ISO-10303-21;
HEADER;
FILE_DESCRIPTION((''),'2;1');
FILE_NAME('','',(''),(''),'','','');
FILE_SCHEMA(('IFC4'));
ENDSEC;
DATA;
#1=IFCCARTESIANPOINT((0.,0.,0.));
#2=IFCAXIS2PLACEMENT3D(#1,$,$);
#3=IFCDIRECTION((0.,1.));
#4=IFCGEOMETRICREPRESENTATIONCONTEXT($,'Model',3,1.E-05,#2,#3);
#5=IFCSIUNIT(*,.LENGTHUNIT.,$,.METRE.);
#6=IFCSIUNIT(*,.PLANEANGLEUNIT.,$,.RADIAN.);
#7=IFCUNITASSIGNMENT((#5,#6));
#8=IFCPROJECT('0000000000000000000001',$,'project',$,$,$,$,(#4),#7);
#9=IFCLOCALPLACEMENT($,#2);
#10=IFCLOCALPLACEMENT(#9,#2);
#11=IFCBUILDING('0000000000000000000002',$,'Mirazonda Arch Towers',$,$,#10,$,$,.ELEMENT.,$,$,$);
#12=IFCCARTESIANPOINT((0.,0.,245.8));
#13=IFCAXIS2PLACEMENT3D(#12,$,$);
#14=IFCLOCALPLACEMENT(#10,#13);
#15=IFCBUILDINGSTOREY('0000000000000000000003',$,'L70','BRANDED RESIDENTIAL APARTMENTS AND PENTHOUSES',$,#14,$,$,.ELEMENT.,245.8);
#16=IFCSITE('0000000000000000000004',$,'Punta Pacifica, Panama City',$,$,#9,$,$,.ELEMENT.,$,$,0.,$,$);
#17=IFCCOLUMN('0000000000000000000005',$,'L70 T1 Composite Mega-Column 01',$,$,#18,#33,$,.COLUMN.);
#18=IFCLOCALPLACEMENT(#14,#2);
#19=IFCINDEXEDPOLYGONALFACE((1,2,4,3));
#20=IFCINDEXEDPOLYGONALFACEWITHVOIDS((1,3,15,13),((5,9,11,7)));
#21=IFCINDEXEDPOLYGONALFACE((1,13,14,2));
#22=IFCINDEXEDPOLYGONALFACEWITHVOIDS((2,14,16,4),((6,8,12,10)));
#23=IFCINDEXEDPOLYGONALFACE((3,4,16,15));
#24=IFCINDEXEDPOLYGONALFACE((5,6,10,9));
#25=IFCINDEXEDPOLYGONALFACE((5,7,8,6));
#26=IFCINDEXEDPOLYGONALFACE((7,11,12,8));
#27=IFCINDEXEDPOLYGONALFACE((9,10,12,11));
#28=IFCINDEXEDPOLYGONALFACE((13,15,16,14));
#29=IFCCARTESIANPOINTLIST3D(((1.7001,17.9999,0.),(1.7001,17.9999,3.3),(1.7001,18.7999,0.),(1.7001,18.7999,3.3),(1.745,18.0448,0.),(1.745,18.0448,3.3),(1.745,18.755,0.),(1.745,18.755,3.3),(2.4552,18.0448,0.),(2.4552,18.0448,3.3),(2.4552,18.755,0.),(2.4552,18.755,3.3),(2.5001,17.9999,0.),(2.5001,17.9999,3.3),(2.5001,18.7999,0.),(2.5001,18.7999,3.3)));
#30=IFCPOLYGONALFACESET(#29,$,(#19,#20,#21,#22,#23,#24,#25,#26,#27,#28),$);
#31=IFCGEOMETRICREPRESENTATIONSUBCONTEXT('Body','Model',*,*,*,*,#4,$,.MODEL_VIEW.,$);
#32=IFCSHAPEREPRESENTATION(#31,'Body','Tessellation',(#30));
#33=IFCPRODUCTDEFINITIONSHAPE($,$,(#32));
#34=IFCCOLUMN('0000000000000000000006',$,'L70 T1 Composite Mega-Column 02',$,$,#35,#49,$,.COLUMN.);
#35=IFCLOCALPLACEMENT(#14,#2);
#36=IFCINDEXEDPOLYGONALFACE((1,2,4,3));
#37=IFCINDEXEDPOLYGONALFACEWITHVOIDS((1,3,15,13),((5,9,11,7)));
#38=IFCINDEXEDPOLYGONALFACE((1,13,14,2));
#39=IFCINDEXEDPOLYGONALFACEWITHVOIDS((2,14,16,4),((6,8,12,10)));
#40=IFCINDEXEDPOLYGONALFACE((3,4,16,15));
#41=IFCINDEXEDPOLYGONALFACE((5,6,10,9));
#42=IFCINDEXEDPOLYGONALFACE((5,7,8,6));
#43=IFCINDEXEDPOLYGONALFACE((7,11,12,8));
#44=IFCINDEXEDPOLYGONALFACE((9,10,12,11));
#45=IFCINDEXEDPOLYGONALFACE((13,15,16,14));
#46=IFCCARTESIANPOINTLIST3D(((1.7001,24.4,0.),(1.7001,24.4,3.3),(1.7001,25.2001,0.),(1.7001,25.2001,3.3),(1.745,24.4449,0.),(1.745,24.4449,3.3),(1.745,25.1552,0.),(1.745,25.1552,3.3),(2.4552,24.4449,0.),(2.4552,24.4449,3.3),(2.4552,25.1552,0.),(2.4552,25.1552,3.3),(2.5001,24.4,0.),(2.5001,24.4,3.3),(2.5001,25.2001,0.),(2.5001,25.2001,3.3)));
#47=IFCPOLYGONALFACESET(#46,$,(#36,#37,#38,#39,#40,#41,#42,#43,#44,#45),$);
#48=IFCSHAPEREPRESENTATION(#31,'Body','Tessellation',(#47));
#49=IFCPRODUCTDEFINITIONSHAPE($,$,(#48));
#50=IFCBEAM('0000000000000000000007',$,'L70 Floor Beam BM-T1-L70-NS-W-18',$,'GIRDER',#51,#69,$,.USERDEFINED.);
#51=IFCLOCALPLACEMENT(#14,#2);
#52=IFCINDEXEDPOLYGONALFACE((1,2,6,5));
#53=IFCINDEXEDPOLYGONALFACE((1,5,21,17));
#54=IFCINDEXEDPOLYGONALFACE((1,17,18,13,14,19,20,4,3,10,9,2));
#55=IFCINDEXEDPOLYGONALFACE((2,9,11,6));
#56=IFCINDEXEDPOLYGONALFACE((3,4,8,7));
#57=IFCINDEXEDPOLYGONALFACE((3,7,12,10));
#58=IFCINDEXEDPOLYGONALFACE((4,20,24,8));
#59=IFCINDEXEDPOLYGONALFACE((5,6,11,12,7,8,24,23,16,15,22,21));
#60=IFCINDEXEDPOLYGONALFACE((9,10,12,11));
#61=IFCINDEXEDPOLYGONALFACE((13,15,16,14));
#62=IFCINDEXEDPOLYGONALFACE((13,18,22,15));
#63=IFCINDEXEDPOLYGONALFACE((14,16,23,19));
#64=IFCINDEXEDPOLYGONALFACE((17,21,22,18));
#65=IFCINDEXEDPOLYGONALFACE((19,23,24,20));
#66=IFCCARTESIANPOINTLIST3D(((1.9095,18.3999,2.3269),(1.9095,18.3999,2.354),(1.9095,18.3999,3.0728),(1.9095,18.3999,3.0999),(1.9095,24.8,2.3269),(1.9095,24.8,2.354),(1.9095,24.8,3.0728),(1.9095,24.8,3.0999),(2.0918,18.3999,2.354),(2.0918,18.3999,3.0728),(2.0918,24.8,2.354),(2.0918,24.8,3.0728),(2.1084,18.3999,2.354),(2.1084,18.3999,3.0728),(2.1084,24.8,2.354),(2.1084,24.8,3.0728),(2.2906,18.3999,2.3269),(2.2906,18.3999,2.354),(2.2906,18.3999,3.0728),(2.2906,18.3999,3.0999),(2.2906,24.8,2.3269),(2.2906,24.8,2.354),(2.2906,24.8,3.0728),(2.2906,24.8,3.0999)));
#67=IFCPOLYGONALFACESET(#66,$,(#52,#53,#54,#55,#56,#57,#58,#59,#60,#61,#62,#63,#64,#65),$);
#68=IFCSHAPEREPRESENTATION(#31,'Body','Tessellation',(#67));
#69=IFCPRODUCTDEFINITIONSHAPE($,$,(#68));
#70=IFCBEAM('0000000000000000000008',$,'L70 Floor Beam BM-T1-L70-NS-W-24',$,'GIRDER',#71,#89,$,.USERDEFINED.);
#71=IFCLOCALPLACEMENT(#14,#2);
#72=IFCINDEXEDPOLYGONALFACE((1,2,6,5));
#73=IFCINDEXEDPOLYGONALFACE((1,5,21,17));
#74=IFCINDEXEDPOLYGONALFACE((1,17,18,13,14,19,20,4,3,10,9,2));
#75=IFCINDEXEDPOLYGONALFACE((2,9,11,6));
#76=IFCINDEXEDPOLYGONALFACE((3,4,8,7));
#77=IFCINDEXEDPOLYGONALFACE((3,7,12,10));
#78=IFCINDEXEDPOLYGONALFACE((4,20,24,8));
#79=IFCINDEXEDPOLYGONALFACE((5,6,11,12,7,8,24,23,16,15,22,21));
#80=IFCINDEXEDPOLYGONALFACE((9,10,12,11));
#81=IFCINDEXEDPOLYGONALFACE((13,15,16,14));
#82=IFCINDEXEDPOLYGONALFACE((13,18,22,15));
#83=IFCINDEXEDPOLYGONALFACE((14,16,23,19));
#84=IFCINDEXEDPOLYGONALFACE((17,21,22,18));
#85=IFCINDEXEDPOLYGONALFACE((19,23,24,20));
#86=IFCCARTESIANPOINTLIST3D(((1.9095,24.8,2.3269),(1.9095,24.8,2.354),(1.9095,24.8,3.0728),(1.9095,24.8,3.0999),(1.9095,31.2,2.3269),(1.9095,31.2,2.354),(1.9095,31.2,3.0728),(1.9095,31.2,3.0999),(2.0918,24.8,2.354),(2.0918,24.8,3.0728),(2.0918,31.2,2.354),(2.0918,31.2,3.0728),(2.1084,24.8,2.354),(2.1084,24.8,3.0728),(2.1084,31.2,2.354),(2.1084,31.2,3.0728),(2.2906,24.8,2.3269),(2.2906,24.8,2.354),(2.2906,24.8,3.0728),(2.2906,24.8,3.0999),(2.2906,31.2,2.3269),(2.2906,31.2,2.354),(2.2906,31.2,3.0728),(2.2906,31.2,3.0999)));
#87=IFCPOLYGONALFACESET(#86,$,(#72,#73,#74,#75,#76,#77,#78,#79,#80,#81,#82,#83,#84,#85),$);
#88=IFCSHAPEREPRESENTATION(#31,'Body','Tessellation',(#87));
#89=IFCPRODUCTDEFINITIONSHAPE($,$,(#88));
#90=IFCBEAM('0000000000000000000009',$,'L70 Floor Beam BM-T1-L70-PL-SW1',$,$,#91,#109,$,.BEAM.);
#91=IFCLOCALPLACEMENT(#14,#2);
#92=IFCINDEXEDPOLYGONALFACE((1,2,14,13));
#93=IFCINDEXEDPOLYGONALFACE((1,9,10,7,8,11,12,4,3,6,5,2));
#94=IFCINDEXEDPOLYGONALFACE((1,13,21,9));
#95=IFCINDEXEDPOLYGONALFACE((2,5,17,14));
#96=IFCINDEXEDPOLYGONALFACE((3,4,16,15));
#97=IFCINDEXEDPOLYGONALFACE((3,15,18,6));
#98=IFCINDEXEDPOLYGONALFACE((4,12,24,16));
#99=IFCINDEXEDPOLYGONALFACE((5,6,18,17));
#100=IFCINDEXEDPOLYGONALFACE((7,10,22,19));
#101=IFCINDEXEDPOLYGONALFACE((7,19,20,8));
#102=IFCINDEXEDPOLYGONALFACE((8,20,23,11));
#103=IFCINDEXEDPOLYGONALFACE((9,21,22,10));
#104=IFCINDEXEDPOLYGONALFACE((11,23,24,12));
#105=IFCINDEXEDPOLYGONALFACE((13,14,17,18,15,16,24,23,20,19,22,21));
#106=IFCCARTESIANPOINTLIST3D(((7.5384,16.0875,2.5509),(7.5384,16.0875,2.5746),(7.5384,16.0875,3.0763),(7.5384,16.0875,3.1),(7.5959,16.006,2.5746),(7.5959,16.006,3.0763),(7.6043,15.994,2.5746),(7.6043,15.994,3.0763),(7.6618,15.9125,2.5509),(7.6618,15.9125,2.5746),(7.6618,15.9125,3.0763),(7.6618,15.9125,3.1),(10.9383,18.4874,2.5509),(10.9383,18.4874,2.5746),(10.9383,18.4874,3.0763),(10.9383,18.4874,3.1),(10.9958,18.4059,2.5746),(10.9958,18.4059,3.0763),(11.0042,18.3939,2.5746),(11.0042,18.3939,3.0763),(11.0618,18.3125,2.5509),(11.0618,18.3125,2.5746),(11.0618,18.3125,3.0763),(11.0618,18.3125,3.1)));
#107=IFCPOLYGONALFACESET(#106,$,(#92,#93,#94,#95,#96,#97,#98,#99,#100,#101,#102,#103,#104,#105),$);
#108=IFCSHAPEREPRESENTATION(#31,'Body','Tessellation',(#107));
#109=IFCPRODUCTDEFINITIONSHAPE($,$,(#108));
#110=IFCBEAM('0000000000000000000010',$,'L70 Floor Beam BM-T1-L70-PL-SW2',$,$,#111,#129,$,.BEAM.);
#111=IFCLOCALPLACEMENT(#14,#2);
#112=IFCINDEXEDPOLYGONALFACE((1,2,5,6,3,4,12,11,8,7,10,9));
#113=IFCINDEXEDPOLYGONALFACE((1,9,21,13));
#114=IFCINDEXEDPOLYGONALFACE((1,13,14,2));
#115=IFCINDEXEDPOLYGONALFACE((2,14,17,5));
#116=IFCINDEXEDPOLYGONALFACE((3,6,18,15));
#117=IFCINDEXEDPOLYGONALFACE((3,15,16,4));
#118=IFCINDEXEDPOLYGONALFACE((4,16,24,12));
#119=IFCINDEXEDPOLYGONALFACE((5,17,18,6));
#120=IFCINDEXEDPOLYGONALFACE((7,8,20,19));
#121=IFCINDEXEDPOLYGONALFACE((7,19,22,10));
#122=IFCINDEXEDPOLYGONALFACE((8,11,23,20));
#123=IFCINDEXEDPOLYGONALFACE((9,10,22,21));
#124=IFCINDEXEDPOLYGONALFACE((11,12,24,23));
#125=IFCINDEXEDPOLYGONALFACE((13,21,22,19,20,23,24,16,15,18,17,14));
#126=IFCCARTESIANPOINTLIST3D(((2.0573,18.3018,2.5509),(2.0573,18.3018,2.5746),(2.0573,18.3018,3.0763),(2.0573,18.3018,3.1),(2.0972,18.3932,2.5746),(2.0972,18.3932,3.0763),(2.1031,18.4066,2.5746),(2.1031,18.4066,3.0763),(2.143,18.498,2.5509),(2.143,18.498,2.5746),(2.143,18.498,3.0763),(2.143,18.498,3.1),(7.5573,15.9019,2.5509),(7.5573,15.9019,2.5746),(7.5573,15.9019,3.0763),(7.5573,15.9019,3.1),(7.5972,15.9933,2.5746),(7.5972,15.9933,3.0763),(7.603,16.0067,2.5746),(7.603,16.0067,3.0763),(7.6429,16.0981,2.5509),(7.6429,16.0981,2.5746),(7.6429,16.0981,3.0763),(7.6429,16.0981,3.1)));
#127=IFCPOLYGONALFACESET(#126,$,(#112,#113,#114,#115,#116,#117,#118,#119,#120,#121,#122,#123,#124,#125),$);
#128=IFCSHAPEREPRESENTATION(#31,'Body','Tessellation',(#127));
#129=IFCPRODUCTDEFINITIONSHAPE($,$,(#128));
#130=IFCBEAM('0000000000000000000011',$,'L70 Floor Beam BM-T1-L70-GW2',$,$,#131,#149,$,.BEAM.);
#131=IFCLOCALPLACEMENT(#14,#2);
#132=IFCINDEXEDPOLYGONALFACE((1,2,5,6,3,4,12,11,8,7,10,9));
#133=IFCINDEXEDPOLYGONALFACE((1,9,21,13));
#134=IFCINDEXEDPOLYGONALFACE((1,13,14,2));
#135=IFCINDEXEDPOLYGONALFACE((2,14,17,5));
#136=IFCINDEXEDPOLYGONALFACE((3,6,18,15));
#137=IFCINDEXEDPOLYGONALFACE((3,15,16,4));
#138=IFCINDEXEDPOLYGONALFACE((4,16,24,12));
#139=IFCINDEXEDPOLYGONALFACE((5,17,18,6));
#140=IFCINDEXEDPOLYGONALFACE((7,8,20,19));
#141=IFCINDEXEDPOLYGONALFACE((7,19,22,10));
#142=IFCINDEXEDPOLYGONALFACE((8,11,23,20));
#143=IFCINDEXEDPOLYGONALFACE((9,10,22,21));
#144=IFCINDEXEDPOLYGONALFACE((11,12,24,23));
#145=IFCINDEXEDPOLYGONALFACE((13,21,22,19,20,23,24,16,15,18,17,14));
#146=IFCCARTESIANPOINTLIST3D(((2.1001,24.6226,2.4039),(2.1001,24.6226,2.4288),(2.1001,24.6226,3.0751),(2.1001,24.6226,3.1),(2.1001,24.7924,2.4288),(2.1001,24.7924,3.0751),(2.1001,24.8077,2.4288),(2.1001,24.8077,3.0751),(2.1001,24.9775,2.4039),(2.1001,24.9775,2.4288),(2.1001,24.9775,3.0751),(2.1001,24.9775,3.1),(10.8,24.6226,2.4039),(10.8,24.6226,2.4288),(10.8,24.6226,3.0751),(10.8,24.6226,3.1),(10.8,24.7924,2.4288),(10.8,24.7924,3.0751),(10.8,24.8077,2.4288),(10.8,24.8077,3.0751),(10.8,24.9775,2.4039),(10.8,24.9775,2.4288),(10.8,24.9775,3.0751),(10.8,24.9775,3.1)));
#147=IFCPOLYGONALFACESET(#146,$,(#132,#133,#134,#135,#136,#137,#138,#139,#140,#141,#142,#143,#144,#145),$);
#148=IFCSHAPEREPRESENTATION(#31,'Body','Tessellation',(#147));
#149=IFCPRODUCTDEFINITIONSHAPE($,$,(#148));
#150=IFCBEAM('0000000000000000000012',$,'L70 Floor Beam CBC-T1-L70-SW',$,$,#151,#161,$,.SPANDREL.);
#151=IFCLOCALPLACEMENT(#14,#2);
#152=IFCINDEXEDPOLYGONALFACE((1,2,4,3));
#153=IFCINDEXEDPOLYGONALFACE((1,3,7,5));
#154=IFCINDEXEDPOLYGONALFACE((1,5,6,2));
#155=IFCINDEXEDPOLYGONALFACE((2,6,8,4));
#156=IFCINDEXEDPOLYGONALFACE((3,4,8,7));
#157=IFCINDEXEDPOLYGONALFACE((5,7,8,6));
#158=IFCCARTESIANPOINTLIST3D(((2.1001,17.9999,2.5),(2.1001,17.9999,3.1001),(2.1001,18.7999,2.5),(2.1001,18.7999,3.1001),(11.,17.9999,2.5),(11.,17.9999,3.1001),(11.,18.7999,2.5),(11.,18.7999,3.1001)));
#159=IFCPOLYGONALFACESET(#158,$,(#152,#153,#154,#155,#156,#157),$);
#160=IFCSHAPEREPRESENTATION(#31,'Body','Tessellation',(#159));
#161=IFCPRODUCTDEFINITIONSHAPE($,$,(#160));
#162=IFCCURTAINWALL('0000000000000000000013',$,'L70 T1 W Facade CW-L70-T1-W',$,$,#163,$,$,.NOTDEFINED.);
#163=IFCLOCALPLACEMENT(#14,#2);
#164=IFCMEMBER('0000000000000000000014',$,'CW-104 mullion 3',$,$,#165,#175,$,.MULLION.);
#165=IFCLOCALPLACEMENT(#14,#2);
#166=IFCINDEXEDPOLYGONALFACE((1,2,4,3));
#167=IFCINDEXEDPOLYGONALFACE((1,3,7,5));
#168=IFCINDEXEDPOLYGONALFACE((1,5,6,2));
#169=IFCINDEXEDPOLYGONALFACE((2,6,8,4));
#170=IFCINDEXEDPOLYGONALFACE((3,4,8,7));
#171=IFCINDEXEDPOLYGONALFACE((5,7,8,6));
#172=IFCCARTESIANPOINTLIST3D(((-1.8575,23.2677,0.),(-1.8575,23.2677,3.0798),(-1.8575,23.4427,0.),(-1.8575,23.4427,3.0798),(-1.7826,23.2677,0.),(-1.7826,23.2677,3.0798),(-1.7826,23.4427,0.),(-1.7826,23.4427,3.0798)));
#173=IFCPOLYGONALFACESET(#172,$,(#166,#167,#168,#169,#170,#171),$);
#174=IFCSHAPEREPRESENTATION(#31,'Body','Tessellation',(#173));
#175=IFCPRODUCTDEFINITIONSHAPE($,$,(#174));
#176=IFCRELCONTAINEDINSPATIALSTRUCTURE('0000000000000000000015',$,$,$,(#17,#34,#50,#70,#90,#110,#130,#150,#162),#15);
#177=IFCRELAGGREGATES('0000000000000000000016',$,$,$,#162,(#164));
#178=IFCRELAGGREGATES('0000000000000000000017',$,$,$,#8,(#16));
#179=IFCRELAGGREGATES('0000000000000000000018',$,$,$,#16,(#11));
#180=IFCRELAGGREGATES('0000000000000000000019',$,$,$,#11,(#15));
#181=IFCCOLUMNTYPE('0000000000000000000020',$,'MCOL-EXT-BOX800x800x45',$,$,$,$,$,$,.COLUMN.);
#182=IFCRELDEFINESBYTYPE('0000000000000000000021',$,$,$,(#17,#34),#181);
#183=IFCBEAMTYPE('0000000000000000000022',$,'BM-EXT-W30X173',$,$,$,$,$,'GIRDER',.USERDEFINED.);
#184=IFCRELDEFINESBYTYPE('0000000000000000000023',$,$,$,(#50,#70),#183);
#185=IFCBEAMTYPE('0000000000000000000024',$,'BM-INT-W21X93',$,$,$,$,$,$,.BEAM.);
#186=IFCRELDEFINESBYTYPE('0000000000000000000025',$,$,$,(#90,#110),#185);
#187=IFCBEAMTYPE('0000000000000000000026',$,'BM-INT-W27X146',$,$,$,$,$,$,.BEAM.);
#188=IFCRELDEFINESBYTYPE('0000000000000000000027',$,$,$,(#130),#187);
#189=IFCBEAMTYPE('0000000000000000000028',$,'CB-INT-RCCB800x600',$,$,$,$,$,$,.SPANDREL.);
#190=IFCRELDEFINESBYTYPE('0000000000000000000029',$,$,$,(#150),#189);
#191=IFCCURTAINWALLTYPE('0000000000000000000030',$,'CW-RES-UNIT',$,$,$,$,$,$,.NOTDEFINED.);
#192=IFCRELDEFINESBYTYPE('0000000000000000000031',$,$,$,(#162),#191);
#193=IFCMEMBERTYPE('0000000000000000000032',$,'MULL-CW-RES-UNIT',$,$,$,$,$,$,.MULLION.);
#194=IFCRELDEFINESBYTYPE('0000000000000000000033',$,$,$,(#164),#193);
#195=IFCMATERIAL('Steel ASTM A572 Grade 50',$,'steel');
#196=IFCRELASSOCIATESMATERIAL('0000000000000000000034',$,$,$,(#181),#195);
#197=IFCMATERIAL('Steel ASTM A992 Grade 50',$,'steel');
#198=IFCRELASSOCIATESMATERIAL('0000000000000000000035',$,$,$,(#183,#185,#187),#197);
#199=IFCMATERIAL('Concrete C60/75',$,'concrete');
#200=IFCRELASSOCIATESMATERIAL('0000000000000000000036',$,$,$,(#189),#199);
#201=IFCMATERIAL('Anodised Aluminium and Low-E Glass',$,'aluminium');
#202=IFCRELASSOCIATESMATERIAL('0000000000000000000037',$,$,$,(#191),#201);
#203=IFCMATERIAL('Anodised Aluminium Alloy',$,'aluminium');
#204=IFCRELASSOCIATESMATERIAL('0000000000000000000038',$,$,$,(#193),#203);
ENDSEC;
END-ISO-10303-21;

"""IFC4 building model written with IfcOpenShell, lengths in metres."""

from ifc_helpers import new_model, si_unit, direction, frame, origin, origin_2d, place, context, subcontext, project, spatial, rectangle, hollow_rectangle, i_section, extrude, material, material_profile, profile_set, type_object, element, aggregate, save


model = new_model("IFC4")

# Units and contexts
model_context = context("Model", 3, precision=1e-05, world=origin(), true_north=direction((0.0, 1.0)))
body_context = subcontext(model_context, "Body", "Model", "MODEL_VIEW")
ifc_project = project(units=[si_unit("LENGTHUNIT", "METRE"), si_unit("PLANEANGLEUNIT", "RADIAN")], contexts=[model_context])

# Site, building, storey
site_placement = place(None, origin())
site = spatial("IfcSite", under=ifc_project, at=site_placement, Name="Punta Pacifica, Panama City", CompositionType="ELEMENT", RefElevation=0.0)
building_placement = place(site_placement, origin())
building = spatial("IfcBuilding", under=site, at=building_placement, Name="Mirazonda Arch Towers", CompositionType="ELEMENT")
storey_placement = place(building_placement, frame((0.0, 0.0, 245.8)))
storey = spatial("IfcBuildingStorey", under=building, at=storey_placement, Name="L70", Description="BRANDED RESIDENTIAL APARTMENTS AND PENTHOUSES", CompositionType="ELEMENT", Elevation=245.8)

# Columns
ifc_material_1 = material(Name="Steel ASTM A572 Grade 50", Category="steel")
ifc_material_profile_1 = material_profile(ifc_material_1, hollow_rectangle(XDim=0.8, YDim=0.8, WallThickness=0.0449, at=origin_2d()), Name="BOX800x800x45")
ifc_profile_set_1 = profile_set([ifc_material_profile_1], Name="Steel ASTM A572 Grade 50")
column_type = type_object("IfcColumnType", Name="MCOL-EXT-BOX800x800x45", PredefinedType="COLUMN", material=ifc_profile_set_1)
for number, where, z_axis, x_axis, name in (
    (1, (2.1001, 18.3999, 0.0), (0.0, 0.0, 1.0), (1.0, 0.0, 0.0), "L70 T1 Composite Mega-Column 01"),
    (2, (2.1001, 24.8, 0.0), (0.0, 0.0, 1.0), (1.0, 0.0, 0.0), "L70 T1 Composite Mega-Column 02"),
):
    element("IfcColumn", number, at=place(storey_placement, frame(where, z_axis=z_axis, x_axis=x_axis)), inside=storey, type_object=column_type, Name=name, PredefinedType="COLUMN", context=body_context, shape_type="SweptSolid", body=[
        extrude(hollow_rectangle(XDim=0.8, YDim=0.8, WallThickness=0.0449, at=origin_2d()), origin(), (0.0, 0.0, 1.0), 3.3),
    ])

# Beams
ifc_material_2 = material(Name="Steel ASTM A992 Grade 50", Category="steel")
ifc_material_profile_2 = material_profile(ifc_material_2, i_section(OverallWidth=0.3811, OverallDepth=0.7729, WebThickness=0.0166, FlangeThickness=0.0271, at=origin_2d()), Name="W30X173")
ifc_profile_set_2 = profile_set([ifc_material_profile_2], Name="Steel ASTM A992 Grade 50")
beam_type_1 = type_object("IfcBeamType", Name="BM-EXT-W30X173", ElementType="GIRDER", PredefinedType="USERDEFINED", material=ifc_profile_set_2)
beam_1_placement = place(storey_placement, frame((2.1001, 18.3999, 2.7134), z_axis=(0.0, 1.0, 0.0), x_axis=(-1.0, 0.0, 0.0)))
element("IfcBeam", 3, at=beam_1_placement, inside=storey, type_object=beam_type_1, Name="L70 Floor Beam BM-T1-L70-NS-W-18", ObjectType="GIRDER", PredefinedType="USERDEFINED", context=body_context, shape_type="SweptSolid", body=[
    extrude(i_section(OverallWidth=0.3811, OverallDepth=0.7729, WebThickness=0.0166, FlangeThickness=0.0271, at=origin_2d()), origin(), (0.0, 0.0, 1.0), 6.4001),
])
beam_2_placement = place(storey_placement, frame((2.1001, 24.8, 2.7134), z_axis=(0.0, 1.0, 0.0), x_axis=(-1.0, 0.0, 0.0)))
element("IfcBeam", 4, at=beam_2_placement, inside=storey, type_object=beam_type_1, Name="L70 Floor Beam BM-T1-L70-NS-W-24", ObjectType="GIRDER", PredefinedType="USERDEFINED", context=body_context, shape_type="SweptSolid", body=[
    extrude(i_section(OverallWidth=0.3811, OverallDepth=0.7729, WebThickness=0.0166, FlangeThickness=0.0271, at=origin_2d()), origin(), (0.0, 0.0, 1.0), 6.3999),
])
ifc_material_profile_3 = material_profile(ifc_material_2, i_section(OverallWidth=0.2141, OverallDepth=0.5491, WebThickness=0.0146, FlangeThickness=0.0237, at=origin_2d()), Name="W21X93")
ifc_profile_set_3 = profile_set([ifc_material_profile_3], Name="Steel ASTM A992 Grade 50")
beam_type_2 = type_object("IfcBeamType", Name="BM-INT-W21X93", PredefinedType="BEAM", material=ifc_profile_set_3)
beam_3_placement = place(storey_placement, frame((7.6001, 16.0, 2.8254), z_axis=(0.816971, 0.576679, 0.0), x_axis=(-0.576679, 0.816971, 0.0)))
element("IfcBeam", 5, at=beam_3_placement, inside=storey, type_object=beam_type_2, Name="L70 Floor Beam BM-T1-L70-PL-SW1", PredefinedType="BEAM", context=body_context, shape_type="SweptSolid", body=[
    extrude(i_section(OverallWidth=0.2141, OverallDepth=0.5491, WebThickness=0.0146, FlangeThickness=0.0237, at=origin_2d()), origin(), (0.0, 0.0, 1.0), 4.1616),
])
beam_4_placement = place(storey_placement, frame((7.6001, 16.0, 2.8254), z_axis=(-0.916545, 0.399931, 0.0), x_axis=(-0.399931, -0.916545, 0.0)))
element("IfcBeam", 6, at=beam_4_placement, inside=storey, type_object=beam_type_2, Name="L70 Floor Beam BM-T1-L70-PL-SW2", PredefinedType="BEAM", context=body_context, shape_type="SweptSolid", body=[
    extrude(i_section(OverallWidth=0.2141, OverallDepth=0.5491, WebThickness=0.0146, FlangeThickness=0.0237, at=origin_2d()), origin(), (0.0, 0.0, 1.0), 6.0007),
])
ifc_material_profile_4 = material_profile(ifc_material_2, i_section(OverallWidth=0.355, OverallDepth=0.696, WebThickness=0.0154, FlangeThickness=0.0249, at=origin_2d()), Name="W27X146")
ifc_profile_set_4 = profile_set([ifc_material_profile_4], Name="Steel ASTM A992 Grade 50")
beam_type_3 = type_object("IfcBeamType", Name="BM-INT-W27X146", PredefinedType="BEAM", material=ifc_profile_set_4)
beam_5_placement = place(storey_placement, frame((2.1001, 24.8, 2.752), z_axis=(1.0, 0.0, 0.0), x_axis=(0.0, 1.0, 0.0)))
element("IfcBeam", 7, at=beam_5_placement, inside=storey, type_object=beam_type_3, Name="L70 Floor Beam BM-T1-L70-GW2", PredefinedType="BEAM", context=body_context, shape_type="SweptSolid", body=[
    extrude(i_section(OverallWidth=0.355, OverallDepth=0.696, WebThickness=0.0154, FlangeThickness=0.0249, at=origin_2d()), origin(), (0.0, 0.0, 1.0), 8.7),
])
ifc_material_3 = material(Name="Concrete C60/75", Category="concrete")
ifc_material_profile_5 = material_profile(ifc_material_3, rectangle(XDim=0.8, YDim=0.6001, at=origin_2d()), Name="RCCB800x600")
ifc_profile_set_5 = profile_set([ifc_material_profile_5], Name="Concrete C60/75")
beam_type_4 = type_object("IfcBeamType", Name="CB-INT-RCCB800x600", PredefinedType="SPANDREL", material=ifc_profile_set_5)
beam_6_placement = place(storey_placement, frame((2.1001, 18.3999, 2.8), z_axis=(1.0, 0.0, 0.0), x_axis=(0.0, 1.0, 0.0)))
element("IfcBeam", 8, at=beam_6_placement, inside=storey, type_object=beam_type_4, Name="L70 Floor Beam CBC-T1-L70-SW", PredefinedType="SPANDREL", context=body_context, shape_type="SweptSolid", body=[
    extrude(rectangle(XDim=0.8, YDim=0.6001, at=origin_2d()), origin(), (0.0, 0.0, 1.0), 8.8999),
])

# Curtain wall, member
ifc_material_4 = material(Name="Anodised Aluminium and Low-E Glass", Category="aluminium")
curtain_wall_type = type_object("IfcCurtainWallType", Name="CW-RES-UNIT", PredefinedType="NOTDEFINED", material=ifc_material_4)
curtain_wall_placement = place(storey_placement, origin())
curtain_wall = element("IfcCurtainWall", 9, at=curtain_wall_placement, inside=storey, type_object=curtain_wall_type, Name="L70 T1 W Facade CW-L70-T1-W", PredefinedType="NOTDEFINED")
ifc_material_5 = material(Name="Anodised Aluminium Alloy", Category="aluminium")
ifc_material_profile_6 = material_profile(ifc_material_5, rectangle(XDim=0.075, YDim=0.175, at=origin_2d()), Name="ALU-MULL-75x175")
ifc_profile_set_6 = profile_set([ifc_material_profile_6], Name="Anodised Aluminium Alloy")
member_type_1 = type_object("IfcMemberType", Name="MULL-CW-RES-UNIT", PredefinedType="MULLION", material=ifc_profile_set_6)
member_1_placement = place(storey_placement, frame((-1.8201, 23.3552, 0.0), z_axis=(0.0, 0.0, 1.0), x_axis=(1.0, 0.0, 0.0)))
member_1 = element("IfcMember", 10, at=member_1_placement, type_object=member_type_1, Name="CW-104 mullion 3", PredefinedType="MULLION", context=body_context, shape_type="SweptSolid", body=[
    extrude(rectangle(XDim=0.075, YDim=0.175, at=origin_2d()), origin(), (0.0, 0.0, 1.0), 3.0798),
])
aggregate(curtain_wall, [member_1])

save(model, "model.ifc")
